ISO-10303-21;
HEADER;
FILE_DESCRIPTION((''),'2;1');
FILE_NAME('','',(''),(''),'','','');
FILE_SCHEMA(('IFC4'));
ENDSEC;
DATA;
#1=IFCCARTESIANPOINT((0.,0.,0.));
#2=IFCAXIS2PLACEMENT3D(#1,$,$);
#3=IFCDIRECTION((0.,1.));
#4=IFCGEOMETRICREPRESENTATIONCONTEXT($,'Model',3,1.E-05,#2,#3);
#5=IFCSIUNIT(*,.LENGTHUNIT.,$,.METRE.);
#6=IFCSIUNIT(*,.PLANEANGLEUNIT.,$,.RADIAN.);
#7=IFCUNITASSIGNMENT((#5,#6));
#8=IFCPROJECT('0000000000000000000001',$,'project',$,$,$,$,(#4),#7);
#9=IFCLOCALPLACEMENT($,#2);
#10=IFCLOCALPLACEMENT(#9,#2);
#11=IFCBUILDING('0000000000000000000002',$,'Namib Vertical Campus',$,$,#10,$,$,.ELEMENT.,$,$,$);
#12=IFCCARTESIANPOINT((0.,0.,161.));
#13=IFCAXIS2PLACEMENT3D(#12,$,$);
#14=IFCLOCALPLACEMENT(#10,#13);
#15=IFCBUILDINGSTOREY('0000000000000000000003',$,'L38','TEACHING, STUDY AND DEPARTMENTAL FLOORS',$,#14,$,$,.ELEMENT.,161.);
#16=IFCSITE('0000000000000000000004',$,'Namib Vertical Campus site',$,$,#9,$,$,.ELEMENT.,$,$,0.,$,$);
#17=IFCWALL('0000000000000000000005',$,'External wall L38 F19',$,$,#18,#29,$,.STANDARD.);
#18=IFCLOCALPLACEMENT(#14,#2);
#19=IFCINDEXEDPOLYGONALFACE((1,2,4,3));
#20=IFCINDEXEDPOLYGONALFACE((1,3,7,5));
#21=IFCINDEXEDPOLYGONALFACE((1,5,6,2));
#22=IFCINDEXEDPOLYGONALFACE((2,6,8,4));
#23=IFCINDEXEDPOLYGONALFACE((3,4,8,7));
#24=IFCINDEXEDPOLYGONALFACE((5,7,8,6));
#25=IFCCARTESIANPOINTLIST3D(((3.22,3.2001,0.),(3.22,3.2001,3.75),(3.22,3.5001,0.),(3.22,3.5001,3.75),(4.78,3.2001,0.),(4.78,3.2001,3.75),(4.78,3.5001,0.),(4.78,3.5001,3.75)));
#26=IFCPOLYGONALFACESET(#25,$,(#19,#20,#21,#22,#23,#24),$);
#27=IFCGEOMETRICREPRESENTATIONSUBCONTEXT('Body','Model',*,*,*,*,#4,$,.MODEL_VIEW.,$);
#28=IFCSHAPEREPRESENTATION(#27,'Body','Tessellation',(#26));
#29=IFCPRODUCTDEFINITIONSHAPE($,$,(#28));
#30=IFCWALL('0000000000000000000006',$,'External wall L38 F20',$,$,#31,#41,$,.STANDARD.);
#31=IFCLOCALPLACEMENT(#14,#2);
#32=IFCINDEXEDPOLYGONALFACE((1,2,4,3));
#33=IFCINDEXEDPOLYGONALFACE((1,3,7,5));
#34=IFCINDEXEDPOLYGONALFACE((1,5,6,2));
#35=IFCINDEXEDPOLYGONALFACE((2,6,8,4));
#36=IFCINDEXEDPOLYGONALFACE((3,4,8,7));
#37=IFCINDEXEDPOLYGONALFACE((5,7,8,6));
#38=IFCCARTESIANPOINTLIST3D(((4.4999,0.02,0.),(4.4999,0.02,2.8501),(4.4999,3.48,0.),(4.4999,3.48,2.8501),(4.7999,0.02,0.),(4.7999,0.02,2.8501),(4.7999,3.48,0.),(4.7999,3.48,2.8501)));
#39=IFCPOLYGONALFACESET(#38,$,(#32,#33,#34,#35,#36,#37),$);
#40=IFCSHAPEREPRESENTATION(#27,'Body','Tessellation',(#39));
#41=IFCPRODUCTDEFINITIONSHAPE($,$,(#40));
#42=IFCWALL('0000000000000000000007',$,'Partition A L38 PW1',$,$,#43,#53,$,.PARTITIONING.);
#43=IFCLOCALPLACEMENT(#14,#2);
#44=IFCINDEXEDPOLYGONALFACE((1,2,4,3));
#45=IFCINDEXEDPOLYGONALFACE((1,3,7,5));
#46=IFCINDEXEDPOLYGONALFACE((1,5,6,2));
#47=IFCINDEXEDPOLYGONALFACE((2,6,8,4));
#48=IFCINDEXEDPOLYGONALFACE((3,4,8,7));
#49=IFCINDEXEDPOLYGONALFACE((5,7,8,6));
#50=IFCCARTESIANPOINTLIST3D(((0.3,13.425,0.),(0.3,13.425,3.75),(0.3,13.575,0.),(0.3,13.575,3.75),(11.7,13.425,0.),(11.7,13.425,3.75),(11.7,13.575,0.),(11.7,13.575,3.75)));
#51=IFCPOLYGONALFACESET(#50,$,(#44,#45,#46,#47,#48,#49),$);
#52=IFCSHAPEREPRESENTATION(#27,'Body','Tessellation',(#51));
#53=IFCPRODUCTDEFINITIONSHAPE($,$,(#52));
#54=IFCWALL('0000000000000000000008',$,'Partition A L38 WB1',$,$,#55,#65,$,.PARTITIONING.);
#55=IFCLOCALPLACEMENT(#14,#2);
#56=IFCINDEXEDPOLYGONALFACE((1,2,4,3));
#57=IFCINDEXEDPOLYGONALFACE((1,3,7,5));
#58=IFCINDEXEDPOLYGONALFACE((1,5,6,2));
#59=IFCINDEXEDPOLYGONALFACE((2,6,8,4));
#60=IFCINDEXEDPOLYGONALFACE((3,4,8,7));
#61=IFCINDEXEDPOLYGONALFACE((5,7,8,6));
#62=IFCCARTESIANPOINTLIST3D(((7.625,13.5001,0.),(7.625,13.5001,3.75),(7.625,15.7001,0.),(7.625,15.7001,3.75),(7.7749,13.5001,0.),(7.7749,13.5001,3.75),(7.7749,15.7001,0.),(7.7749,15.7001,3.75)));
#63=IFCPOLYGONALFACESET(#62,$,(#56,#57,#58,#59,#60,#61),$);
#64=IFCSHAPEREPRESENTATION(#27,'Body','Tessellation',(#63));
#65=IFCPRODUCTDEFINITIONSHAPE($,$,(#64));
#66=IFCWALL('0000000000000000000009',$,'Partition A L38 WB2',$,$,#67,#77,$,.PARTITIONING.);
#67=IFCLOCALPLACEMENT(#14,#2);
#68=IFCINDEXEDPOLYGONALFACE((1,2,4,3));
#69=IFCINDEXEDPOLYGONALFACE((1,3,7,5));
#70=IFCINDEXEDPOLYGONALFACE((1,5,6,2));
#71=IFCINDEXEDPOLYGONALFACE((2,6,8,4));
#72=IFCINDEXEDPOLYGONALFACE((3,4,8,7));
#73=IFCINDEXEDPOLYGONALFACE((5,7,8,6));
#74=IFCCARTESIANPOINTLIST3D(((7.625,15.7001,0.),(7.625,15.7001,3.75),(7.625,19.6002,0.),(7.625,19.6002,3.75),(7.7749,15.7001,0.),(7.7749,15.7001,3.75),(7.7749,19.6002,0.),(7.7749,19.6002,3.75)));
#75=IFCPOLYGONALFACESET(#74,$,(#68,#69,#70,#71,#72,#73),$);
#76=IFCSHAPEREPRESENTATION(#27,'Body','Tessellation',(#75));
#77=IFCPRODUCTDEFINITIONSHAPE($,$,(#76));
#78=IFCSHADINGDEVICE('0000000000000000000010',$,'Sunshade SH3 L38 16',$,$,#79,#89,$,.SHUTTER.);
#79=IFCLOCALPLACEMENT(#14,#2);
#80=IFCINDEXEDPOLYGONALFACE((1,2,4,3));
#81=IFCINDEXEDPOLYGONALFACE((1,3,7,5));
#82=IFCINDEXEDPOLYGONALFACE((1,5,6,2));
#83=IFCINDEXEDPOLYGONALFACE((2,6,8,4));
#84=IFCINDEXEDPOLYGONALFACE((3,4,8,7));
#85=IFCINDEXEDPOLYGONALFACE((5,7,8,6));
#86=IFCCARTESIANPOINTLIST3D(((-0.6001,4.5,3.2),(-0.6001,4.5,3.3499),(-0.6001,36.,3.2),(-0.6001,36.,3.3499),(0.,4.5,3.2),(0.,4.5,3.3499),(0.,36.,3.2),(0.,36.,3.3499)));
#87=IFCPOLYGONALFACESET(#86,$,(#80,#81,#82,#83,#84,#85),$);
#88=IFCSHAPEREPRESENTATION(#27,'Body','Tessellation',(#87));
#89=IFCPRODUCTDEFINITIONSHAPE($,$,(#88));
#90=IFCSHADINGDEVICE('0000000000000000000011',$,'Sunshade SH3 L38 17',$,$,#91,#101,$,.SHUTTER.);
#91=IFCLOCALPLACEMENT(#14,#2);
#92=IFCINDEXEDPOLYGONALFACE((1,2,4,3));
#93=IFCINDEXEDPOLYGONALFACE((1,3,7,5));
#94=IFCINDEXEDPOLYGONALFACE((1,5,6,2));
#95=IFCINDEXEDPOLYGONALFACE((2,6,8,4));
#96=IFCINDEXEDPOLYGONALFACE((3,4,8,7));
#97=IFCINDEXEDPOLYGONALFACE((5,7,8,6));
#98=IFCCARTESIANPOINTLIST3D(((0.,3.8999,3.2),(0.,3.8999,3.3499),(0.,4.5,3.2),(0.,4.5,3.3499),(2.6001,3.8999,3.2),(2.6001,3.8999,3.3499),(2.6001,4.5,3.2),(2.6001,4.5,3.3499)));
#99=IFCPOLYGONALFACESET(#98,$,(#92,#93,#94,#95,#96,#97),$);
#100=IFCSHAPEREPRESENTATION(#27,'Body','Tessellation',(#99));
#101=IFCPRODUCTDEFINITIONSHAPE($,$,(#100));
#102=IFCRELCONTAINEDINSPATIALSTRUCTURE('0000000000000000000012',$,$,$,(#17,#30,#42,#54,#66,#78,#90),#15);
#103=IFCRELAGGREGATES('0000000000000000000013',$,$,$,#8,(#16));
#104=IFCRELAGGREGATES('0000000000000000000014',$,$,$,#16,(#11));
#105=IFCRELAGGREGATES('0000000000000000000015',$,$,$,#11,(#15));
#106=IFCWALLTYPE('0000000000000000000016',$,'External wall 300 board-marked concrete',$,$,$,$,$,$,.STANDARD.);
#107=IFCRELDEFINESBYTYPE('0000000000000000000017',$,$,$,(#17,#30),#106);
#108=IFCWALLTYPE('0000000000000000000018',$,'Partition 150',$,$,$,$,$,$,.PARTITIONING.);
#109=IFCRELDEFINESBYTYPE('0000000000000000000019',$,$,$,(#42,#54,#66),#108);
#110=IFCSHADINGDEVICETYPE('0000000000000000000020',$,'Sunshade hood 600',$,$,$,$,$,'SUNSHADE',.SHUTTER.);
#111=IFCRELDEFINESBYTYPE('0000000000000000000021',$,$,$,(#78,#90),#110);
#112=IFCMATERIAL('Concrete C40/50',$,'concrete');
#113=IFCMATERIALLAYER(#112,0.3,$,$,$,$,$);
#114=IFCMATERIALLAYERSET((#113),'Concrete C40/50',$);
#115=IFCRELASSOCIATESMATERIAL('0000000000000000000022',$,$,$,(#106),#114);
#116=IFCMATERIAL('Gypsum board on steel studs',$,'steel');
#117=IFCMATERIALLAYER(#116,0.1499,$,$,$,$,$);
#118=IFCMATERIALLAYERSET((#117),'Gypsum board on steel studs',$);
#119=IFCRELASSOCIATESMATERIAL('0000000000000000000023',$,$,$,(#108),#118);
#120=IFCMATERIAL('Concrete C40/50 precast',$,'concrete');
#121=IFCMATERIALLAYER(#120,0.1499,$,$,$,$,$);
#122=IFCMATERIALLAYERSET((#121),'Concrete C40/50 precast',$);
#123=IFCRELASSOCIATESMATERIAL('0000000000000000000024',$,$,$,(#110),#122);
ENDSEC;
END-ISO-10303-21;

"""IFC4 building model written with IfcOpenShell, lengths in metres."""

from ifc_helpers import new_model, si_unit, direction, frame, frame_2d, origin, origin_2d, place, context, subcontext, project, spatial, rectangle, extrude, material, layer, layer_set, type_object, element, save


model = new_model("IFC4")

# Units and contexts
model_context = context("Model", 3, precision=1e-05, world=origin(), true_north=direction((0.0, 1.0)))
body_context = subcontext(model_context, "Body", "Model", "MODEL_VIEW")
ifc_project = project(units=[si_unit("LENGTHUNIT", "METRE"), si_unit("PLANEANGLEUNIT", "RADIAN")], contexts=[model_context])

# Site, building, storey
site_placement = place(None, origin())
site = spatial("IfcSite", under=ifc_project, at=site_placement, Name="Namib Vertical Campus site", CompositionType="ELEMENT", RefElevation=0.0)
building_placement = place(site_placement, origin())
building = spatial("IfcBuilding", under=site, at=building_placement, Name="Namib Vertical Campus", CompositionType="ELEMENT")
storey_placement = place(building_placement, frame((0.0, 0.0, 161.0)))
storey = spatial("IfcBuildingStorey", under=building, at=storey_placement, Name="L38", Description="TEACHING, STUDY AND DEPARTMENTAL FLOORS", CompositionType="ELEMENT", Elevation=161.0)

# Walls
ifc_material_1 = material(Name="Concrete C40/50", Category="concrete")
ifc_layer_1 = layer(ifc_material_1, 0.3)
ifc_layer_set_1 = layer_set([ifc_layer_1], Name="Concrete C40/50")
wall_type_1 = type_object("IfcWallType", Name="External wall 300 board-marked concrete", PredefinedType="STANDARD", material=ifc_layer_set_1)
for number, where, z_axis, x_axis, name in (
    (1, (3.22, 3.3501, 0.0), (0.0, 0.0, 1.0), (1.0, 0.0, 0.0), "External wall L38 F19"),
):
    element("IfcWall", number, at=place(storey_placement, frame(where, z_axis=z_axis, x_axis=x_axis)), inside=storey, type_object=wall_type_1, Name=name, PredefinedType="STANDARD", context=body_context, shape_type="SweptSolid", body=[
        extrude(rectangle(XDim=1.5601, YDim=0.3, at=frame_2d((0.78, 0.0))), origin(), (0.0, 0.0, 1.0), 3.75),
    ])
wall_1_placement = place(storey_placement, frame((4.6499, 3.48, 0.0), z_axis=(0.0, 0.0, 1.0), x_axis=(0.0, -1.0, 0.0)))
element("IfcWall", 2, at=wall_1_placement, inside=storey, type_object=wall_type_1, Name="External wall L38 F20", PredefinedType="STANDARD", context=body_context, shape_type="SweptSolid", body=[
    extrude(rectangle(XDim=3.46, YDim=0.3, at=frame_2d((1.73, 0.0))), origin(), (0.0, 0.0, 1.0), 2.8501),
])
ifc_material_2 = material(Name="Gypsum board on steel studs", Category="steel")
ifc_layer_2 = layer(ifc_material_2, 0.1499)
ifc_layer_set_2 = layer_set([ifc_layer_2], Name="Gypsum board on steel studs")
wall_type_2 = type_object("IfcWallType", Name="Partition 150", PredefinedType="PARTITIONING", material=ifc_layer_set_2)
wall_2_placement = place(storey_placement, frame((0.3, 13.5, 0.0), z_axis=(0.0, 0.0, 1.0), x_axis=(1.0, 0.0, 0.0)))
element("IfcWall", 3, at=wall_2_placement, inside=storey, type_object=wall_type_2, Name="Partition A L38 PW1", PredefinedType="PARTITIONING", context=body_context, shape_type="SweptSolid", body=[
    extrude(rectangle(XDim=11.3999, YDim=0.1499, at=frame_2d((5.7, 0.0))), origin(), (0.0, 0.0, 1.0), 3.75),
])
wall_3_placement = place(storey_placement, frame((7.7, 13.5, 0.0), z_axis=(0.0, 0.0, 1.0), x_axis=(0.0, 1.0, 0.0)))
element("IfcWall", 4, at=wall_3_placement, inside=storey, type_object=wall_type_2, Name="Partition A L38 WB1", PredefinedType="PARTITIONING", context=body_context, shape_type="SweptSolid", body=[
    extrude(rectangle(XDim=2.2, YDim=0.1499, at=frame_2d((1.1001, 0.0))), origin(), (0.0, 0.0, 1.0), 3.75),
])
wall_4_placement = place(storey_placement, frame((7.7, 15.7, 0.0), z_axis=(0.0, 0.0, 1.0), x_axis=(0.0, 1.0, 0.0)))
element("IfcWall", 5, at=wall_4_placement, inside=storey, type_object=wall_type_2, Name="Partition A L38 WB2", PredefinedType="PARTITIONING", context=body_context, shape_type="SweptSolid", body=[
    extrude(rectangle(XDim=3.9001, YDim=0.1499, at=frame_2d((1.9502, 0.0))), origin(), (0.0, 0.0, 1.0), 3.75),
])

# Shading devices
ifc_material_3 = material(Name="Concrete C40/50 precast", Category="concrete")
ifc_layer_3 = layer(ifc_material_3, 0.1499)
ifc_layer_set_3 = layer_set([ifc_layer_3], Name="Concrete C40/50 precast")
shading_device_type = type_object("IfcShadingDeviceType", Name="Sunshade hood 600", ElementType="SUNSHADE", PredefinedType="SHUTTER", material=ifc_layer_set_3)
shading_device_1_placement = place(storey_placement, frame((-0.3, 20.25, 3.2), z_axis=(0.0, 0.0, 1.0), x_axis=(0.0, -1.0, 0.0)))
element("IfcShadingDevice", 6, at=shading_device_1_placement, inside=storey, type_object=shading_device_type, Name="Sunshade SH3 L38 16", PredefinedType="SHUTTER", context=body_context, shape_type="SweptSolid", body=[
    extrude(rectangle(XDim=31.5, YDim=0.6001, at=origin_2d()), origin(), (0.0, 0.0, 1.0), 0.1499),
])
shading_device_2_placement = place(storey_placement, frame((1.3, 4.2, 3.2), z_axis=(0.0, 0.0, 1.0), x_axis=(1.0, 0.0, 0.0)))
element("IfcShadingDevice", 7, at=shading_device_2_placement, inside=storey, type_object=shading_device_type, Name="Sunshade SH3 L38 17", PredefinedType="SHUTTER", context=body_context, shape_type="SweptSolid", body=[
    extrude(rectangle(XDim=2.6001, YDim=0.6001, at=origin_2d()), origin(), (0.0, 0.0, 1.0), 0.1499),
])

save(model, "model.ifc")
